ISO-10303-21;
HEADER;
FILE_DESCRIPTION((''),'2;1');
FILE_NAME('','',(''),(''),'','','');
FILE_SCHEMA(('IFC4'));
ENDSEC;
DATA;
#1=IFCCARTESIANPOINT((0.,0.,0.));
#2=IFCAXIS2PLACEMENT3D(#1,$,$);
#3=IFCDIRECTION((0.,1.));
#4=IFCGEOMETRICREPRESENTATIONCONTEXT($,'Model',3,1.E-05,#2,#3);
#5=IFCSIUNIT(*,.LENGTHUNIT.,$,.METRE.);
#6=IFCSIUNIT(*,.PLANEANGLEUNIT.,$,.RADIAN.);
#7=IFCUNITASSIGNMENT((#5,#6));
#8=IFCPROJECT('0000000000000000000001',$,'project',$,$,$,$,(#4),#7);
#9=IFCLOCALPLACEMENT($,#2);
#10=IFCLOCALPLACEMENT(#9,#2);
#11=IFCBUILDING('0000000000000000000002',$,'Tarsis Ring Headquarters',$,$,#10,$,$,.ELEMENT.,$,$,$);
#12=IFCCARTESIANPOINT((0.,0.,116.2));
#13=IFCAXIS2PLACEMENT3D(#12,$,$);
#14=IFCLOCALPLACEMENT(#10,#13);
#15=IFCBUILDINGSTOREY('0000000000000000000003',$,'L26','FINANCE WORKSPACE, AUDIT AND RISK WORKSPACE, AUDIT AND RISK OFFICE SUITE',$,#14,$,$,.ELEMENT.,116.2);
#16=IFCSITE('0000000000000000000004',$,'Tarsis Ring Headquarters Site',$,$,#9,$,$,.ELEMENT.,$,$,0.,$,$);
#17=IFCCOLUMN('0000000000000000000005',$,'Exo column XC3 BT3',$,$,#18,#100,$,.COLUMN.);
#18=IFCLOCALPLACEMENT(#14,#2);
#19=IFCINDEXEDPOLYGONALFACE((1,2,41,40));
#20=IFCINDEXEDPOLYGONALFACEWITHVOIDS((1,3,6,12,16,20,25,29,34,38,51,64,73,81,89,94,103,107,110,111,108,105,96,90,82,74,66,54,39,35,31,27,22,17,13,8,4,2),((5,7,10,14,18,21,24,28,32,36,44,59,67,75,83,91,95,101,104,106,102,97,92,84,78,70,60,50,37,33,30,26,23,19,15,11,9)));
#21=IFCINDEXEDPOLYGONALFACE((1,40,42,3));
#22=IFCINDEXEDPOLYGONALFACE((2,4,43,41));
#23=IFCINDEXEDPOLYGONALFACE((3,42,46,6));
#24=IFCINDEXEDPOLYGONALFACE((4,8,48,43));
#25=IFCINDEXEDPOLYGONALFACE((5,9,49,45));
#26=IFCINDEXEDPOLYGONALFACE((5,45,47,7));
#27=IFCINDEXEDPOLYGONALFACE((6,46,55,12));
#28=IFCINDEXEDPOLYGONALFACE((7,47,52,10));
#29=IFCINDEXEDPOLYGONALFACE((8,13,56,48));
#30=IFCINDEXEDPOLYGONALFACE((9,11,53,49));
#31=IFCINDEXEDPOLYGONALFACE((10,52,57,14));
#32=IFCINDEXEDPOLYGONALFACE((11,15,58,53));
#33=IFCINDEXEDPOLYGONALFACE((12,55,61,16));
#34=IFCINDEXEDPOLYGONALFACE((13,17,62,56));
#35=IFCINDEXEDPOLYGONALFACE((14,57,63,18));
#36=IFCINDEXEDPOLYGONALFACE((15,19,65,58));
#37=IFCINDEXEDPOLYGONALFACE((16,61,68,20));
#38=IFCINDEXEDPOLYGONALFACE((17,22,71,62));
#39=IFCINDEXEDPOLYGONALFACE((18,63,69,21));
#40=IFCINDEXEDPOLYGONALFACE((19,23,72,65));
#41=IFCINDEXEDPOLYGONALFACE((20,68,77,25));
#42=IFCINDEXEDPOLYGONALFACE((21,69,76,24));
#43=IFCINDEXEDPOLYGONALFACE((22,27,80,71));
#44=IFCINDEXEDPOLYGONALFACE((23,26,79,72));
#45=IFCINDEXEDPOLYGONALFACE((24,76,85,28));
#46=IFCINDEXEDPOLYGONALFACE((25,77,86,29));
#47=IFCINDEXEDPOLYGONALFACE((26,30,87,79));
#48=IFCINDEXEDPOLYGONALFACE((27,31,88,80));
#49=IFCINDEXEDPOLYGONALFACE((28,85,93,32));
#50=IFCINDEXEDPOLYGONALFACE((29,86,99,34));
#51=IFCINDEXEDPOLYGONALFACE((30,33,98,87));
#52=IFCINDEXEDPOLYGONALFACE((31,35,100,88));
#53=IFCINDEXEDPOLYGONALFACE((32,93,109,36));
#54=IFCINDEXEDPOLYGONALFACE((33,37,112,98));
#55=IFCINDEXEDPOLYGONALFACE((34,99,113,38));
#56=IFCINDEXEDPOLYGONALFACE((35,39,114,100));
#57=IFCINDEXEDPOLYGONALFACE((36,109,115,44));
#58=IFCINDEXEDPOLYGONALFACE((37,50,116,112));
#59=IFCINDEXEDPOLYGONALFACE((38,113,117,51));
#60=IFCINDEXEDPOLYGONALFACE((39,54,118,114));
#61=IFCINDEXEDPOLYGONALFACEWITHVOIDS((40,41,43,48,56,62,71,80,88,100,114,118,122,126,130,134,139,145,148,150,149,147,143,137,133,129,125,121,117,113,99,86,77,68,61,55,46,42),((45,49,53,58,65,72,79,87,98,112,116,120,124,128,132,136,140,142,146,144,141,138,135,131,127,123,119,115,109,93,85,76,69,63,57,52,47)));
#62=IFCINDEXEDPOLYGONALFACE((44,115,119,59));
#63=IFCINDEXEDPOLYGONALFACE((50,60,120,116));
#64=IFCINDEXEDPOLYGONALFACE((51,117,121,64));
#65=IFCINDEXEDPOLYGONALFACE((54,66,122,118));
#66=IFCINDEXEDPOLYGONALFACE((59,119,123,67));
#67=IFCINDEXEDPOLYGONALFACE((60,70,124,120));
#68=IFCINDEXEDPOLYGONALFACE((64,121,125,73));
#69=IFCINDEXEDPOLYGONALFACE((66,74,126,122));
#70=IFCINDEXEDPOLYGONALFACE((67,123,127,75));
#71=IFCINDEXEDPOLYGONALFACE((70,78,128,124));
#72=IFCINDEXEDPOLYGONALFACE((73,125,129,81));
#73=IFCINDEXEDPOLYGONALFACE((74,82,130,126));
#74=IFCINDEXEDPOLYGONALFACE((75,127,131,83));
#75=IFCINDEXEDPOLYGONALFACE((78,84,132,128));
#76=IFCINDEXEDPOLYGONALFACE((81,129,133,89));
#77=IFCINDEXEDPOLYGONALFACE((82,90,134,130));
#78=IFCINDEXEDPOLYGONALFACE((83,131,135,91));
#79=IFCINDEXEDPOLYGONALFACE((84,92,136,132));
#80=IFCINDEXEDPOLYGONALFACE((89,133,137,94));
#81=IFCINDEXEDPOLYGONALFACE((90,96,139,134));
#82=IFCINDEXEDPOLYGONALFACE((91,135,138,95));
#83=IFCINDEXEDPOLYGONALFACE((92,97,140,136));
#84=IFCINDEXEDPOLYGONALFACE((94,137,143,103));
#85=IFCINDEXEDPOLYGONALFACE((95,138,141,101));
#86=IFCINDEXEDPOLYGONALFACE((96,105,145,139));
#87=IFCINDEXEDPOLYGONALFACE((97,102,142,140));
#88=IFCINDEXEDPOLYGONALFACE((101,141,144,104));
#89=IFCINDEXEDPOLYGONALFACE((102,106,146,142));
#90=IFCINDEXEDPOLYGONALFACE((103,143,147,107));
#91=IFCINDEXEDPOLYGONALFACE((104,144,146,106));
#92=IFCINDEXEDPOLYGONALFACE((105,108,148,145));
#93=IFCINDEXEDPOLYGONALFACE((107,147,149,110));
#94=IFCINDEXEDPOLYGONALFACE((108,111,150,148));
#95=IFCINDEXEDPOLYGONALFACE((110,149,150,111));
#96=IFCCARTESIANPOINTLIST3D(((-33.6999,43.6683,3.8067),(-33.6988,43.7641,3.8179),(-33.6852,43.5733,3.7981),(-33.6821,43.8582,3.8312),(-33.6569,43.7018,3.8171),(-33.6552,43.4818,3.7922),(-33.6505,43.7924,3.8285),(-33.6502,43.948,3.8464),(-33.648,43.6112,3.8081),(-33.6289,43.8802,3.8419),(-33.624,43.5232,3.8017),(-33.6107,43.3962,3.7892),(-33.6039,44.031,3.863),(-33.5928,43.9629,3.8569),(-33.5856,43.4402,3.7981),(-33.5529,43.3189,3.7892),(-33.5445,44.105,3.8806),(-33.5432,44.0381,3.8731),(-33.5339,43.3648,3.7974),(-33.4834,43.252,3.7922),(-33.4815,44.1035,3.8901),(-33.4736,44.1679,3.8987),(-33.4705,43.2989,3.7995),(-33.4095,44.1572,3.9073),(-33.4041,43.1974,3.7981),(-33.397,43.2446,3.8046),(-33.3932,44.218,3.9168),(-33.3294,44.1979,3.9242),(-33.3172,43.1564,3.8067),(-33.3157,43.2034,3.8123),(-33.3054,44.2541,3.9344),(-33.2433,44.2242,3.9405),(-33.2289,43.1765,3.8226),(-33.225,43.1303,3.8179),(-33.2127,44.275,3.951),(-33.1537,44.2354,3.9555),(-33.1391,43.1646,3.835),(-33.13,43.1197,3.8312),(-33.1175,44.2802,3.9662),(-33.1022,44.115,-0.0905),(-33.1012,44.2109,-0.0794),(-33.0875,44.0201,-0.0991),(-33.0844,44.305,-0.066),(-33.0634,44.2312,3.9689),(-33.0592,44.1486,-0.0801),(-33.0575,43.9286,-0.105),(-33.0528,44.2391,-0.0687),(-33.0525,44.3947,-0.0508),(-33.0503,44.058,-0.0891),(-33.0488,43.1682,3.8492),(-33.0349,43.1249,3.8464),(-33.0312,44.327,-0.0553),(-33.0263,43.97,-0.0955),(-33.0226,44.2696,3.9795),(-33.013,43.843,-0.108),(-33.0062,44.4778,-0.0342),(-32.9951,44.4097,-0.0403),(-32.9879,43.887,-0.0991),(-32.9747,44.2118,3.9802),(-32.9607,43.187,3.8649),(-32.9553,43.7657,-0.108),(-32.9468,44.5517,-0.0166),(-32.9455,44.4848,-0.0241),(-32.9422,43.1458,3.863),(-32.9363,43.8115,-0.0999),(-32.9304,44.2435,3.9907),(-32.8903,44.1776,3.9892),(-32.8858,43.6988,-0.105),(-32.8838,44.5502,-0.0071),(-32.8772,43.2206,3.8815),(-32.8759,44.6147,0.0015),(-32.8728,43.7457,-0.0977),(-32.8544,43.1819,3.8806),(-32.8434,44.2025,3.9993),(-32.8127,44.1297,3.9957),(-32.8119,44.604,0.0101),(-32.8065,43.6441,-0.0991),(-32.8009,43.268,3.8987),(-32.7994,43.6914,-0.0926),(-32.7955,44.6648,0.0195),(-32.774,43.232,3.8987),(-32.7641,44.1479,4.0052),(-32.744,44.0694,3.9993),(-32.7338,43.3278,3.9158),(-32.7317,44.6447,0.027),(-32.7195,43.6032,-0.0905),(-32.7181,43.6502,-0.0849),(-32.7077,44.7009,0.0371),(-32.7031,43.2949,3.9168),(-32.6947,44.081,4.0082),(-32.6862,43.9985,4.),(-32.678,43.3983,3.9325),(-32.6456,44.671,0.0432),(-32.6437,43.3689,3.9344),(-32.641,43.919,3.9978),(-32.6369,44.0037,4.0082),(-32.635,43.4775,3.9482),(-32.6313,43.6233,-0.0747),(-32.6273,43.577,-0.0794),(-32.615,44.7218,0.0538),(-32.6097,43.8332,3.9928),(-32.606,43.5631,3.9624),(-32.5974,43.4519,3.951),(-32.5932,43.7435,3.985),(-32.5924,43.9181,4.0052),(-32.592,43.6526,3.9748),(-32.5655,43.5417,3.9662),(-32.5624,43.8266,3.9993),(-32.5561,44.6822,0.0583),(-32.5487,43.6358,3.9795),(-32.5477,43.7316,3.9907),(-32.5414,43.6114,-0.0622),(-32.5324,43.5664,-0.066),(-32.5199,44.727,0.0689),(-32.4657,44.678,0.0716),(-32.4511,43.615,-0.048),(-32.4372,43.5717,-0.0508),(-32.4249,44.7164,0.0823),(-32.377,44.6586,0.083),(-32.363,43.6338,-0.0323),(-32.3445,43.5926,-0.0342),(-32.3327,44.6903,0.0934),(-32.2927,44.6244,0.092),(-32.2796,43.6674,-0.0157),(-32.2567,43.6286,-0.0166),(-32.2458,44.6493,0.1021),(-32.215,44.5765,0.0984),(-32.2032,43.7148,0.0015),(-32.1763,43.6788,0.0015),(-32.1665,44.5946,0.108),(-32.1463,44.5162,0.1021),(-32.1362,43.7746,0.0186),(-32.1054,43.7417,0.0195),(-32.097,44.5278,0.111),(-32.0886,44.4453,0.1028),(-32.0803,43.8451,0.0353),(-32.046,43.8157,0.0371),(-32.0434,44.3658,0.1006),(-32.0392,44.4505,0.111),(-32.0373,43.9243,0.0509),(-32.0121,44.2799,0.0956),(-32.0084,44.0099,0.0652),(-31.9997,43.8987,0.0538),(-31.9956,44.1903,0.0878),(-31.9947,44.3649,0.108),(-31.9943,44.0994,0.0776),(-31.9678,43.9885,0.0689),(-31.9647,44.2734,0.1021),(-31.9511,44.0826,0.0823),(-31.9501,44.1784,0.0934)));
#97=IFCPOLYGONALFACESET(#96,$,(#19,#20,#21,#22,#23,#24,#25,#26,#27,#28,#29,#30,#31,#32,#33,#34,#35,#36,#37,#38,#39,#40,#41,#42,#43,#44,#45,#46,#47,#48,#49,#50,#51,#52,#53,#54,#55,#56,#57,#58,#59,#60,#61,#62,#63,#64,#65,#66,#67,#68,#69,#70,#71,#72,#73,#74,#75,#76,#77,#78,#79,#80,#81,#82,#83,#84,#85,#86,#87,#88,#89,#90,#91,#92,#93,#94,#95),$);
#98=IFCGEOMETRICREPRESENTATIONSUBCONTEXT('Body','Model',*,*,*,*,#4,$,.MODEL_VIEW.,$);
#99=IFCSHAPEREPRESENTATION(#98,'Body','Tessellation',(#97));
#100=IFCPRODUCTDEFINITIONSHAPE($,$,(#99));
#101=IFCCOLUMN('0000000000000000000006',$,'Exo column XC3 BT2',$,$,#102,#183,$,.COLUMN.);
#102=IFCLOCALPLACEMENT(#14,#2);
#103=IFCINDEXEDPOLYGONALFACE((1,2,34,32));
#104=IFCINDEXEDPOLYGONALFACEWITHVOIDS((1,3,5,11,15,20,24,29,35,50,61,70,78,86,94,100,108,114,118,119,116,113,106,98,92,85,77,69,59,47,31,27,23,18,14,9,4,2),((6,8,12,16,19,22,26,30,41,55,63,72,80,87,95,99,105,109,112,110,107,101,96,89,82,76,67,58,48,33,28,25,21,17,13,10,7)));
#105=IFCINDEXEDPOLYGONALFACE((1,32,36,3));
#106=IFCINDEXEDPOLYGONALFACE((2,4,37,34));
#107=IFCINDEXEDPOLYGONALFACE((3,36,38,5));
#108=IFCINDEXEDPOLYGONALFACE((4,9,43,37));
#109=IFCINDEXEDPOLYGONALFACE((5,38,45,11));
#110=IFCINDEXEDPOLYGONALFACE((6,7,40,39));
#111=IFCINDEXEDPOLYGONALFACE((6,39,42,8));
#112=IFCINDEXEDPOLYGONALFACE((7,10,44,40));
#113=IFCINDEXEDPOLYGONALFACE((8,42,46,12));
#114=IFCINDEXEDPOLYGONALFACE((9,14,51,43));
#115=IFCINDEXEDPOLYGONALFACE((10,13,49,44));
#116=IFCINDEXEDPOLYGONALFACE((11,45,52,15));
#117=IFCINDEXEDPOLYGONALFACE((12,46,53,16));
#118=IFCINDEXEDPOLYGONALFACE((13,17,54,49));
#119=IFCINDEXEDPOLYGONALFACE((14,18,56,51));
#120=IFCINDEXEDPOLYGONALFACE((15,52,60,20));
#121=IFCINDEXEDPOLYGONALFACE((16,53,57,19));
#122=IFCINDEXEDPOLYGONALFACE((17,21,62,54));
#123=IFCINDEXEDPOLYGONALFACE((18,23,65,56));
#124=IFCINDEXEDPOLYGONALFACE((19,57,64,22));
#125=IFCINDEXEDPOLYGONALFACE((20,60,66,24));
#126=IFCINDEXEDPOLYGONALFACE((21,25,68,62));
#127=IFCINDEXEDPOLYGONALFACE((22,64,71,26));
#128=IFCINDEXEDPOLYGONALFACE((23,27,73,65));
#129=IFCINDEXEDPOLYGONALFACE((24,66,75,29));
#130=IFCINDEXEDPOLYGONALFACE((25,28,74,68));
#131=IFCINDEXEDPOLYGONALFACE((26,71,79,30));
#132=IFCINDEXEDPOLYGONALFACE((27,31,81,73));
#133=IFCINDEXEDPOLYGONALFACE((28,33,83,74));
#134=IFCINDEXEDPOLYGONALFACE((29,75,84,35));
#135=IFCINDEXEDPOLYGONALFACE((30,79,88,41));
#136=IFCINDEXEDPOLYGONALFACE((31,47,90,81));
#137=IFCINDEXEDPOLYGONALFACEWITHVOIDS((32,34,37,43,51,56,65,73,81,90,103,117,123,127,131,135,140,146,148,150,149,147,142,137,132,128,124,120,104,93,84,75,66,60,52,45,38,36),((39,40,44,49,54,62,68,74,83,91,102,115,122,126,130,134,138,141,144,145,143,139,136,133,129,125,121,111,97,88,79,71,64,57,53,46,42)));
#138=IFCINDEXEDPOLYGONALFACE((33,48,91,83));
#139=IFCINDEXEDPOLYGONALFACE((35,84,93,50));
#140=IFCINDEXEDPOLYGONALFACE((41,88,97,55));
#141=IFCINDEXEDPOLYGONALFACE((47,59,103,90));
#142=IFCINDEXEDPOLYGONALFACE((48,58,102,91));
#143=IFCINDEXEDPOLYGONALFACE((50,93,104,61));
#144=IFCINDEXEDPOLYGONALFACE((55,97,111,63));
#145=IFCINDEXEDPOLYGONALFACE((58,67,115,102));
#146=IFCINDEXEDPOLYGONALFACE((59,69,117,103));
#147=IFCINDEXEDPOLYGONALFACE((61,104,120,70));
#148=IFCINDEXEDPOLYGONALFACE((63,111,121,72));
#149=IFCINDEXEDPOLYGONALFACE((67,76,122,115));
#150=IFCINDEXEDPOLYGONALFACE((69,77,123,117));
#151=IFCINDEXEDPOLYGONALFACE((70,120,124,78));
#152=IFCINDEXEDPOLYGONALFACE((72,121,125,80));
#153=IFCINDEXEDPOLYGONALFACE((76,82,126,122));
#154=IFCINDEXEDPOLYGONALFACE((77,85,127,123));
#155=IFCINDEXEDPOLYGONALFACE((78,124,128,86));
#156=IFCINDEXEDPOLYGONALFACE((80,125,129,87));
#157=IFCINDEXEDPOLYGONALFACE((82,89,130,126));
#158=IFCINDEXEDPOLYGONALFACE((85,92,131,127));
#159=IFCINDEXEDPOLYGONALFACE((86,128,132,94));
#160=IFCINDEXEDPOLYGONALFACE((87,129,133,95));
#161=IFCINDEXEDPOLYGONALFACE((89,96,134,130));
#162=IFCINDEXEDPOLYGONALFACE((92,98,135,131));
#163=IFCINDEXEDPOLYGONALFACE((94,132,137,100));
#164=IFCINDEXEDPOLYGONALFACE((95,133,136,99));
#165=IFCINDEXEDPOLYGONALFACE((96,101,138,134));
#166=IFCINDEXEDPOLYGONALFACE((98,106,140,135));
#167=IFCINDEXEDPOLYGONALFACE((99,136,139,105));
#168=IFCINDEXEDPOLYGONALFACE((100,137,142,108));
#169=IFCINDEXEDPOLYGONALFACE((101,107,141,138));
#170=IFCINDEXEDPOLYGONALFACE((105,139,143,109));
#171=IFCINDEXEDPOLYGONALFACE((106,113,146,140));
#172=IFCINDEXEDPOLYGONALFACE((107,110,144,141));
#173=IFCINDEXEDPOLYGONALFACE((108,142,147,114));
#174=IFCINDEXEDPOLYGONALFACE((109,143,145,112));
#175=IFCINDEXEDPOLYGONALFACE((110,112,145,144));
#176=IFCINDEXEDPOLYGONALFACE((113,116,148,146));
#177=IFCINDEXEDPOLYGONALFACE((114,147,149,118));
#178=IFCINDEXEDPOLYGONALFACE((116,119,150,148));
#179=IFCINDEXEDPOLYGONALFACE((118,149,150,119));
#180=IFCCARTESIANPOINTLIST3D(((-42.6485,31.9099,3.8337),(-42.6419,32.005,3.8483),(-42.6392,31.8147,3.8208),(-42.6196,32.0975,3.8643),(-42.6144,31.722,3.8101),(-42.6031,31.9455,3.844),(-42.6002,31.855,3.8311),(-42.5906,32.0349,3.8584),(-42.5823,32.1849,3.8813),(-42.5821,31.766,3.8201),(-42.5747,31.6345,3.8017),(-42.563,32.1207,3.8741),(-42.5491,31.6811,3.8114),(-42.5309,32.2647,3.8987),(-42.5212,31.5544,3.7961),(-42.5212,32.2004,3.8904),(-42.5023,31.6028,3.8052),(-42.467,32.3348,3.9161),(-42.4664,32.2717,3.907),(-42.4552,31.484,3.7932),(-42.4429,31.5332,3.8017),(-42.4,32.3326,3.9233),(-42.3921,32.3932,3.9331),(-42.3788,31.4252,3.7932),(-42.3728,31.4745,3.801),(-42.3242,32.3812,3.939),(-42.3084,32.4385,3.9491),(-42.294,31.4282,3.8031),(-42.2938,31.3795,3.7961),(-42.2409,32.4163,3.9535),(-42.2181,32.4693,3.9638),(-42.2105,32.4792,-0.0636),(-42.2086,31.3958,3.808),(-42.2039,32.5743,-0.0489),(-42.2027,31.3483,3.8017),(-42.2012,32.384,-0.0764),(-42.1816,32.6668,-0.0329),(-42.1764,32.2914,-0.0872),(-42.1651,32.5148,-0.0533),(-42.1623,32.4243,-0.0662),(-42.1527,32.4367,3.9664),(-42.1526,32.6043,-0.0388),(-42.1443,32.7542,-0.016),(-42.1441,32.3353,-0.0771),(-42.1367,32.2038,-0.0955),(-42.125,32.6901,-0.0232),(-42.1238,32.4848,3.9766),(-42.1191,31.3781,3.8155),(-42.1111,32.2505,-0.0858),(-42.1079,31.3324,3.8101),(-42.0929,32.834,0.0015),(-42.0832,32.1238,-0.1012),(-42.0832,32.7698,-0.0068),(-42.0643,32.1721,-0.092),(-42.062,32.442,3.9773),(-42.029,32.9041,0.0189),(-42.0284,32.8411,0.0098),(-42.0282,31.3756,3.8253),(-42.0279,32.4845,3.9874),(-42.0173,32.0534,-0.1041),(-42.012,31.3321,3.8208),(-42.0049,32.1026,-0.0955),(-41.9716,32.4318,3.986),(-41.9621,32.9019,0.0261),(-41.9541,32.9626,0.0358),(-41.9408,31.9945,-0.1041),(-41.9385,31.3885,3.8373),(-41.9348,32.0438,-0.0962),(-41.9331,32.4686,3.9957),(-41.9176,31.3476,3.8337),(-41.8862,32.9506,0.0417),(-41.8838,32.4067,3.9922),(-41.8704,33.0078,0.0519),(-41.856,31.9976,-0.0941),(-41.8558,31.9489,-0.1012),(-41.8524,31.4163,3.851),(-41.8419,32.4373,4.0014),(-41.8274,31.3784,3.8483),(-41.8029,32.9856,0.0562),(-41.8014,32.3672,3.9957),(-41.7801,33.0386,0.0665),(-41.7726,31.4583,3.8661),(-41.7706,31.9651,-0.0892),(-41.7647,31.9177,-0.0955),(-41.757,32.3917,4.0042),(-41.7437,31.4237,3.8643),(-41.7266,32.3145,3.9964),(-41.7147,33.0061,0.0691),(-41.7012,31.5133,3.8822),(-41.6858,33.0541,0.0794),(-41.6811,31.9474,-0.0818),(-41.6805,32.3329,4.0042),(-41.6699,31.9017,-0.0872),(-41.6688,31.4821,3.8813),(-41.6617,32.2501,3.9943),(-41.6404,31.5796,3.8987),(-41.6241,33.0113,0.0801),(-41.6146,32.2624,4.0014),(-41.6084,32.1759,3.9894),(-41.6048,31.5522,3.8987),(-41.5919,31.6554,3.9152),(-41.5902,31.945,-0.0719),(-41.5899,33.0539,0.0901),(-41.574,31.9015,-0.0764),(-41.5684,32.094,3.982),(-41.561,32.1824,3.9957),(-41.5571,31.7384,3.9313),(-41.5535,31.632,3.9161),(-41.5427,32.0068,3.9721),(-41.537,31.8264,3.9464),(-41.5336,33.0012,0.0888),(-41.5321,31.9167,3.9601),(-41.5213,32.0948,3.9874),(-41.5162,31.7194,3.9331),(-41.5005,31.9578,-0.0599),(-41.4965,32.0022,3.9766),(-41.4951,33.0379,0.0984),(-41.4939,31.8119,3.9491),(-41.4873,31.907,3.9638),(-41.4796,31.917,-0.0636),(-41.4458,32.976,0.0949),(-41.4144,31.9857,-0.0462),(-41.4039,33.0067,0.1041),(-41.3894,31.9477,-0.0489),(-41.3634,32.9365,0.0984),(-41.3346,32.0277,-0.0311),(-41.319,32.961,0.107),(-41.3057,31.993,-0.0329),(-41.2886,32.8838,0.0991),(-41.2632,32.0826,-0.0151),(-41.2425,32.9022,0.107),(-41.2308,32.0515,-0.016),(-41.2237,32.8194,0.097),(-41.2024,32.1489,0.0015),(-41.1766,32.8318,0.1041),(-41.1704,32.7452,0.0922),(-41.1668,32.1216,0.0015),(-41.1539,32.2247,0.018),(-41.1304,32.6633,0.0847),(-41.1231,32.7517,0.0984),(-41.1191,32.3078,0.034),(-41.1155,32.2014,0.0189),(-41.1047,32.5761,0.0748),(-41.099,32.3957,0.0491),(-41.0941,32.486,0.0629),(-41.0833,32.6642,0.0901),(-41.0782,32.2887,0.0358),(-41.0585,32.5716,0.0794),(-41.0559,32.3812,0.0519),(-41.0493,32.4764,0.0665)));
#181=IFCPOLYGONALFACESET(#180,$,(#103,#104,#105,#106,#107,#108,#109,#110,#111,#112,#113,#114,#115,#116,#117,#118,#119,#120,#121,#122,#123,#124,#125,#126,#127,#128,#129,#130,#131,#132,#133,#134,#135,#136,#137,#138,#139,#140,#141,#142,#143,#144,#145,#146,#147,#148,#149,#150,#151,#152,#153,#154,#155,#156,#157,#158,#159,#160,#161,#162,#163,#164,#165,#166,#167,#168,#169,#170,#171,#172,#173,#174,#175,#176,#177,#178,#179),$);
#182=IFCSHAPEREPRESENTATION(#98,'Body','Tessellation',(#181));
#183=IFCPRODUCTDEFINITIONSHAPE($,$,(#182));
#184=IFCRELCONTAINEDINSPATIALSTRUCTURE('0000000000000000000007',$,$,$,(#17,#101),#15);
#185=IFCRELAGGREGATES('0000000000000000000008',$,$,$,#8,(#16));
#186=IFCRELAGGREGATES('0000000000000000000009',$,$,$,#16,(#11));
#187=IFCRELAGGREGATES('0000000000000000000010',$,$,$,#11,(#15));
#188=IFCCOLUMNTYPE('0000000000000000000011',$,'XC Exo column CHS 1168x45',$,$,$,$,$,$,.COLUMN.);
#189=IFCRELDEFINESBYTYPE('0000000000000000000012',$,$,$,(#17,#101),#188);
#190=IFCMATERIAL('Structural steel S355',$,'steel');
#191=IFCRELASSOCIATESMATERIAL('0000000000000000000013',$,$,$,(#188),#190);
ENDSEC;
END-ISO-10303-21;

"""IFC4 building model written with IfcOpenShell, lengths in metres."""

from ifc_helpers import new_model, si_unit, direction, frame, origin, origin_2d, place, context, subcontext, project, spatial, hollow_circle, extrude, material, material_profile, profile_set, type_object, element, save


model = new_model("IFC4")

# Units and contexts
model_context = context("Model", 3, precision=1e-05, world=origin(), true_north=direction((0.0, 1.0)))
body_context = subcontext(model_context, "Body", "Model", "MODEL_VIEW")
ifc_project = project(units=[si_unit("LENGTHUNIT", "METRE"), si_unit("PLANEANGLEUNIT", "RADIAN")], contexts=[model_context])

# Site, building, storey
site_placement = place(None, origin())
site = spatial("IfcSite", under=ifc_project, at=site_placement, Name="Tarsis Ring Headquarters Site", CompositionType="ELEMENT", RefElevation=0.0)
building_placement = place(site_placement, origin())
building = spatial("IfcBuilding", under=site, at=building_placement, Name="Tarsis Ring Headquarters", CompositionType="ELEMENT")
storey_placement = place(building_placement, frame((0.0, 0.0, 116.2)))
storey = spatial("IfcBuildingStorey", under=building, at=storey_placement, Name="L26", Description="FINANCE WORKSPACE, AUDIT AND RISK WORKSPACE, AUDIT AND RISK OFFICE SUITE", CompositionType="ELEMENT", Elevation=116.2)

# Columns
ifc_material_1 = material(Name="Structural steel S355", Category="steel")
ifc_material_profile_1 = material_profile(ifc_material_1, hollow_circle(Radius=0.5842, WallThickness=0.0449, at=origin_2d()), Name="CHS 1168x45")
ifc_profile_set_1 = profile_set([ifc_material_profile_1], Name="Structural steel S355")
column_type = type_object("IfcColumnType", Name="XC Exo column CHS 1168x45", PredefinedType="COLUMN", material=ifc_profile_set_1)
column_1_placement = place(storey_placement, frame((-32.5261, 44.1467, 0.0015), z_axis=(-0.150619, -0.112595, 0.982159), x_axis=(0.598743, -0.800941, 0.0)))
element("IfcColumn", 1, at=column_1_placement, inside=storey, type_object=column_type, Name="Exo column XC3 BT3", PredefinedType="COLUMN", context=body_context, shape_type="SweptSolid", body=[
    extrude(hollow_circle(Radius=0.5842, WallThickness=0.0449, at=origin_2d()), origin(), (0.0, 0.0, 1.0), 3.968),
])
column_2_placement = place(storey_placement, frame((-41.6299, 32.4778, 0.0015), z_axis=(-0.110523, -0.143668, 0.983435), x_axis=(0.792599, -0.609744, 0.0)))
element("IfcColumn", 2, at=column_2_placement, inside=storey, type_object=column_type, Name="Exo column XC3 BT2", PredefinedType="COLUMN", context=body_context, shape_type="SweptSolid", body=[
    extrude(hollow_circle(Radius=0.5842, WallThickness=0.0449, at=origin_2d()), origin(), (0.0, 0.0, 1.0), 3.9629),
])

save(model, "model.ifc")
